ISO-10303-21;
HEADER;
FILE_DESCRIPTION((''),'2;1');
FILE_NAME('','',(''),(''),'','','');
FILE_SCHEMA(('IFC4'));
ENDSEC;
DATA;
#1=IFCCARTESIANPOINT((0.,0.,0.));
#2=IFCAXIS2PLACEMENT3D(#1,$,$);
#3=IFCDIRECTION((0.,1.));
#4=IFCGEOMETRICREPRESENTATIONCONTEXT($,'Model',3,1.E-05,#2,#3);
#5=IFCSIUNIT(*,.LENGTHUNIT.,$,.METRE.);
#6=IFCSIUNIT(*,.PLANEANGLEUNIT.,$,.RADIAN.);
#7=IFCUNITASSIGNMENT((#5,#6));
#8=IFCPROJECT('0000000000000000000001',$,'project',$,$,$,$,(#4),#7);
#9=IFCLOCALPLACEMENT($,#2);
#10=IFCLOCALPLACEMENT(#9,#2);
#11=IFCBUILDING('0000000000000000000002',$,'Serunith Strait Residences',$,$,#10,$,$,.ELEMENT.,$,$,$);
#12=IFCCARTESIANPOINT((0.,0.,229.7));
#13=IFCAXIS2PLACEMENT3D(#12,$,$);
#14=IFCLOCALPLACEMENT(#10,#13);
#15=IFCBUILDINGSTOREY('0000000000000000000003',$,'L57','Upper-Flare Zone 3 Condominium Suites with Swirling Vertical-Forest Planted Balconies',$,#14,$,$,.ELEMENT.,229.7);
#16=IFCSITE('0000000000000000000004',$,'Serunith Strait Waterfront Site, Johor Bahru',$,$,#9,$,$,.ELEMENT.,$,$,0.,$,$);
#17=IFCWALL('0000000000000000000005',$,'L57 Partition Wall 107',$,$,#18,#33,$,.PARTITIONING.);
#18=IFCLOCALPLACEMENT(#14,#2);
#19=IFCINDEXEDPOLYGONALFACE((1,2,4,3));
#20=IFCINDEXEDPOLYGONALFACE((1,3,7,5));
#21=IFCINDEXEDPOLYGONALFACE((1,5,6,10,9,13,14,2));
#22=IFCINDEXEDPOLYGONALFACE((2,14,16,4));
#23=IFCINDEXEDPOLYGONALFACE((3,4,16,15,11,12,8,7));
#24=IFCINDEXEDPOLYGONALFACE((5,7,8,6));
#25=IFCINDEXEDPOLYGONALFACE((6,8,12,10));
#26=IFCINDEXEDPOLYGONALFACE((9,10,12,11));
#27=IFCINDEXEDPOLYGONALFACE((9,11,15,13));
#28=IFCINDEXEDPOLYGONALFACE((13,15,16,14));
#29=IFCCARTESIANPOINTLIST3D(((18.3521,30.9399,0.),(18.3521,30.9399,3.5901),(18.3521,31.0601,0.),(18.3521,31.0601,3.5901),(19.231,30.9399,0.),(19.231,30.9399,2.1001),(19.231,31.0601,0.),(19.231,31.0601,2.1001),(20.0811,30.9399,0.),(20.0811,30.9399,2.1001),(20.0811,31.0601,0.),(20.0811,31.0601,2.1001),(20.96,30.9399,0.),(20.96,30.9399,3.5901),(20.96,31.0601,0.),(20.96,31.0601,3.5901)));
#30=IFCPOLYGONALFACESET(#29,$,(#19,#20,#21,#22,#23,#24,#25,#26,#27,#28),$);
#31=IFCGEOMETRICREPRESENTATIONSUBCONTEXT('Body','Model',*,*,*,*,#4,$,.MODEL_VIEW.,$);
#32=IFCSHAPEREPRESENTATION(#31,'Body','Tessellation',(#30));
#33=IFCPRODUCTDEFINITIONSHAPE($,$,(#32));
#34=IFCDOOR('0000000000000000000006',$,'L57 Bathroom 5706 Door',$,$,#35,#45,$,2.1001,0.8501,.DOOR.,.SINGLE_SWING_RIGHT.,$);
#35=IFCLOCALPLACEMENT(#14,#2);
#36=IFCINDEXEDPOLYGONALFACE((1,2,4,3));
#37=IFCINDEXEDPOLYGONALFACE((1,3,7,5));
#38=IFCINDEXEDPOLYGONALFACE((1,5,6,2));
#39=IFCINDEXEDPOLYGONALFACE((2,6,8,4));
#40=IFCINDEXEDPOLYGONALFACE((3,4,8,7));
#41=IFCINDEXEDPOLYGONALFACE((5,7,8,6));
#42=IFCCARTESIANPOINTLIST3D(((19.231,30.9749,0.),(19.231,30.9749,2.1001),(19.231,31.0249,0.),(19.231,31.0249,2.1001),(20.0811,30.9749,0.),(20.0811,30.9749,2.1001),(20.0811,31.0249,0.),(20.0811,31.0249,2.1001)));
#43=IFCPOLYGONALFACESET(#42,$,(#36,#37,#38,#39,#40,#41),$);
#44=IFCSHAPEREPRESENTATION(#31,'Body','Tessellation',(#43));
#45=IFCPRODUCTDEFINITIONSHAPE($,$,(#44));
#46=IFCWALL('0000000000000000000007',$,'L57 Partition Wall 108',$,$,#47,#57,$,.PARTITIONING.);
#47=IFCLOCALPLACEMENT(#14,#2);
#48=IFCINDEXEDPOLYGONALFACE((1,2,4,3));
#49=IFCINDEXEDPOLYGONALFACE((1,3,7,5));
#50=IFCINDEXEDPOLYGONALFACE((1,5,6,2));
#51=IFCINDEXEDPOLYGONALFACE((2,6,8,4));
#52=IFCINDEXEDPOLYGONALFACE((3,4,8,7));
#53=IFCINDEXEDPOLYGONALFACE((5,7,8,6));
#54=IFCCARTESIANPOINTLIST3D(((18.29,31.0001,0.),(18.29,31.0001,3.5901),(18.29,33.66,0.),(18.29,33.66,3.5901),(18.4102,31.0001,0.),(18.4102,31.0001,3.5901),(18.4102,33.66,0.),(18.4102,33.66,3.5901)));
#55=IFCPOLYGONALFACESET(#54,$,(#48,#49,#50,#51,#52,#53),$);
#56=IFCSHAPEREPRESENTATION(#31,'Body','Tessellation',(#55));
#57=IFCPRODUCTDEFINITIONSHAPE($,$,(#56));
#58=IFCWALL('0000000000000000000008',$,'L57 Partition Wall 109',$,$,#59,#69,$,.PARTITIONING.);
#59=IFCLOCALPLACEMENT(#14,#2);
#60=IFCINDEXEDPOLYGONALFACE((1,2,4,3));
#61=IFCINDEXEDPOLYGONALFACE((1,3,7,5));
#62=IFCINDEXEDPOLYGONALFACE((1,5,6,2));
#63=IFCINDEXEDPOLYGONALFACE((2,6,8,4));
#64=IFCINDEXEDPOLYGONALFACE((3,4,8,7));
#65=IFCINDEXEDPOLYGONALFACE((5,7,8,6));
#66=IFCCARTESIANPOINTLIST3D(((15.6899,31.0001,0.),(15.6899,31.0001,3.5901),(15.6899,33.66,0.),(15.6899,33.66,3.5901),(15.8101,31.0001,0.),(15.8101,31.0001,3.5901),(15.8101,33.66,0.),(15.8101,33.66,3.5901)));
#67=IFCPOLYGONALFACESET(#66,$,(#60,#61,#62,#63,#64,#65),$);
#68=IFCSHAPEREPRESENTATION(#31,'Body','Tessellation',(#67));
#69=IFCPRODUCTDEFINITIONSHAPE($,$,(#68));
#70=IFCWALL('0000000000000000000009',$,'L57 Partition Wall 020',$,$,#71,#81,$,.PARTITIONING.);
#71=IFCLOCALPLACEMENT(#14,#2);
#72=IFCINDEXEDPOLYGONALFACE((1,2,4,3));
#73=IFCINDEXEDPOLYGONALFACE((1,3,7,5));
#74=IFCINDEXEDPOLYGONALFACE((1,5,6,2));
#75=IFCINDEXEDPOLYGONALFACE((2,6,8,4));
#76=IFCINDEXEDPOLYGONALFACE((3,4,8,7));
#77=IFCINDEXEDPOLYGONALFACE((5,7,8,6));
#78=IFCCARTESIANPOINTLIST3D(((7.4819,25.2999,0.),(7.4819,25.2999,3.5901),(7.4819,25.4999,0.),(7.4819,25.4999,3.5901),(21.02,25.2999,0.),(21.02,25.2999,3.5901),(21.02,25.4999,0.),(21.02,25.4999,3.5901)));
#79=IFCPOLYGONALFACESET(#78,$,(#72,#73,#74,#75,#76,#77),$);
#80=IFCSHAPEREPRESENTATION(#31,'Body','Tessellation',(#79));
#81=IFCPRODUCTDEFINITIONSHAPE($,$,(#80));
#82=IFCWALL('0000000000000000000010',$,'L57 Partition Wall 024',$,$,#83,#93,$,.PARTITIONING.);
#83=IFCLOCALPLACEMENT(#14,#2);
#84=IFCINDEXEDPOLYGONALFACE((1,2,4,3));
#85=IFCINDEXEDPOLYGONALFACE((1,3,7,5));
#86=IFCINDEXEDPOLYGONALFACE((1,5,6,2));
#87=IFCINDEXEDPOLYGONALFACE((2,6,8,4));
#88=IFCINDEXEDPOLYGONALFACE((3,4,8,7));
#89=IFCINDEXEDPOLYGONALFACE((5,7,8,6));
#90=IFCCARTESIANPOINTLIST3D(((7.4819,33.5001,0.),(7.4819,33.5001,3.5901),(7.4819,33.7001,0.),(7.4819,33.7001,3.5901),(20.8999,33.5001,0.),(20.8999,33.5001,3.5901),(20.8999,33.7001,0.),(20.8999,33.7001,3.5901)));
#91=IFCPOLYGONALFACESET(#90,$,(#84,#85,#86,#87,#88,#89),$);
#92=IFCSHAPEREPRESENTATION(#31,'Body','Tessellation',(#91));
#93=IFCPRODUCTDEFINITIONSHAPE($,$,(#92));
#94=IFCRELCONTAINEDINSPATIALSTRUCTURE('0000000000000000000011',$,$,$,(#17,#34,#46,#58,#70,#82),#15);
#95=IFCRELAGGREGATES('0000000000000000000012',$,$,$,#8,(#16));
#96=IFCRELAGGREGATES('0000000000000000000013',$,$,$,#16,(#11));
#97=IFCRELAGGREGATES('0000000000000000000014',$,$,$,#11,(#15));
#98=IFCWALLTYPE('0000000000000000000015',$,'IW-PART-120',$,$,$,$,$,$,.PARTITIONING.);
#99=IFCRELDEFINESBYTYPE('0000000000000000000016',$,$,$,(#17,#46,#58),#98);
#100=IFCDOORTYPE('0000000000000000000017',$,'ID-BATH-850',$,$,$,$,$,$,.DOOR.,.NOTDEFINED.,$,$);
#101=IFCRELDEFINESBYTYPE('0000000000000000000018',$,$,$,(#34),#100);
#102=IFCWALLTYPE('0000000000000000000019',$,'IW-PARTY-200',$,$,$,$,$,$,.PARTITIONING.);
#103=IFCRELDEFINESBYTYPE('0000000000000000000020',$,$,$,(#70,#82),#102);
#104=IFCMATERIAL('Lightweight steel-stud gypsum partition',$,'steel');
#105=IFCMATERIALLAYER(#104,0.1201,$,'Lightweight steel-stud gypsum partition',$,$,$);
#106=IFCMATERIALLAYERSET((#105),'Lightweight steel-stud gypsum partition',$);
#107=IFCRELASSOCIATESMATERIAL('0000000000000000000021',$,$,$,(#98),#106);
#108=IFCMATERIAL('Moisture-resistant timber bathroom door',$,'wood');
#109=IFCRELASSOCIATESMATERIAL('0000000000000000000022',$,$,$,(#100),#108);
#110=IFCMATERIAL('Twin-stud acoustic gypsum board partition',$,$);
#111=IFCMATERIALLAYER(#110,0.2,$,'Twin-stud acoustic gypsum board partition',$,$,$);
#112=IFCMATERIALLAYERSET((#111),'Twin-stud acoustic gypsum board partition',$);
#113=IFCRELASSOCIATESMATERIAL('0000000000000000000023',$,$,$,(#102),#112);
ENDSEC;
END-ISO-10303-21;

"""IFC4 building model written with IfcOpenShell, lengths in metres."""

from ifc_helpers import new_model, si_unit, direction, frame, frame_2d, origin, place, context, subcontext, project, spatial, rectangle, extrude, source, transform, mapped, material, layer, layer_set, type_object, element, fill, save


model = new_model("IFC4")

# Units and contexts
model_context = context("Model", 3, precision=1e-05, world=origin(), true_north=direction((0.0, 1.0)))
body_context = subcontext(model_context, "Body", "Model", "MODEL_VIEW")
ifc_project = project(units=[si_unit("LENGTHUNIT", "METRE"), si_unit("PLANEANGLEUNIT", "RADIAN")], contexts=[model_context])

# Site, building, storey
site_placement = place(None, origin())
site = spatial("IfcSite", under=ifc_project, at=site_placement, Name="Serunith Strait Waterfront Site, Johor Bahru", CompositionType="ELEMENT", RefElevation=0.0)
building_placement = place(site_placement, origin())
building = spatial("IfcBuilding", under=site, at=building_placement, Name="Serunith Strait Residences", CompositionType="ELEMENT")
storey_placement = place(building_placement, frame((0.0, 0.0, 229.7)))
storey = spatial("IfcBuildingStorey", under=building, at=storey_placement, Name="L57", Description="Upper-Flare Zone 3 Condominium Suites with Swirling Vertical-Forest Planted Balconies", CompositionType="ELEMENT", Elevation=229.7)

# Shared definitions
ifc_material_1 = material(Name="Lightweight steel-stud gypsum partition", Category="steel")
ifc_layer_1 = layer(ifc_material_1, 0.1201, Name="Lightweight steel-stud gypsum partition")
ifc_layer_set_1 = layer_set([ifc_layer_1], Name="Lightweight steel-stud gypsum partition")
wall_type_1 = type_object("IfcWallType", Name="IW-PART-120", PredefinedType="PARTITIONING", material=ifc_layer_set_1)
ifc_material_2 = material(Name="Moisture-resistant timber bathroom door", Category="wood")
door_type_1 = type_object("IfcDoorType", Name="ID-BATH-850", OperationType="NOTDEFINED", PredefinedType="DOOR", material=ifc_material_2)
shared_shape_1 = source(origin(), body_context, "Body", "SweptSolid", [
    extrude(rectangle(XDim=0.8501, YDim=2.1001, at=frame_2d((0.425, 1.05))), frame((0.0, 0.0249, 0.0), z_axis=(0.0, -1.0, 0.0), x_axis=(1.0, 0.0, 0.0)), (0.0, 0.0, 1.0), 0.05),
])

# Wall, opening, door
wall_1_placement = place(storey_placement, frame((18.3521, 31.0, 0.0), z_axis=(0.0, 0.0, 1.0), x_axis=(1.0, 0.0, 0.0)))
wall_1 = element("IfcWall", 1, at=wall_1_placement, inside=storey, type_object=wall_type_1, Name="L57 Partition Wall 107", PredefinedType="PARTITIONING", context=body_context, shape_type="SweptSolid", body=[
    extrude(rectangle(XDim=2.6079, YDim=0.1201, at=frame_2d((1.304, 0.0))), origin(), (0.0, 0.0, 1.0), 3.5901),
])
opening_1_placement = place(wall_1_placement, frame((0.8789, 0.0, 0.0)))
opening_1 = element("IfcOpeningElement", 2, at=opening_1_placement, cuts=wall_1, PredefinedType="OPENING", context=body_context, shape_type="SweptSolid", body=[
    extrude(rectangle(XDim=0.8501, YDim=2.1001, at=frame_2d((0.425, 1.05))), frame((0.0, 0.0701, 0.0), z_axis=(0.0, -1.0, 0.0), x_axis=(1.0, 0.0, 0.0)), (0.0, 0.0, 1.0), 0.1401),
])
door_1_placement = place(opening_1_placement, origin())
door_1 = element("IfcDoor", 3, at=door_1_placement, inside=storey, type_object=door_type_1, Name="L57 Bathroom 5706 Door", OperationType="SINGLE_SWING_RIGHT", OverallHeight=2.1001, OverallWidth=0.8501, PredefinedType="DOOR", context=body_context, shape_type="MappedRepresentation", body=[
    mapped(shared_shape_1, transform((0.0, 0.0, 0.0), scale=1.0)),
])
fill(opening_1, door_1)

# Walls
for number, where, z_axis, x_axis, name in (
    (4, (18.3501, 31.0, 0.0), (0.0, 0.0, 1.0), (0.0, 1.0, 0.0), "L57 Partition Wall 108"),
    (5, (15.75, 31.0, 0.0), (0.0, 0.0, 1.0), (0.0, 1.0, 0.0), "L57 Partition Wall 109"),
):
    element("IfcWall", number, at=place(storey_placement, frame(where, z_axis=z_axis, x_axis=x_axis)), inside=storey, type_object=wall_type_1, Name=name, PredefinedType="PARTITIONING", context=body_context, shape_type="SweptSolid", body=[
        extrude(rectangle(XDim=2.6599, YDim=0.1201, at=frame_2d((1.3301, 0.0))), origin(), (0.0, 0.0, 1.0), 3.5901),
    ])
ifc_material_3 = material(Name="Twin-stud acoustic gypsum board partition")
ifc_layer_2 = layer(ifc_material_3, 0.2, Name="Twin-stud acoustic gypsum board partition")
ifc_layer_set_2 = layer_set([ifc_layer_2], Name="Twin-stud acoustic gypsum board partition")
wall_type_2 = type_object("IfcWallType", Name="IW-PARTY-200", PredefinedType="PARTITIONING", material=ifc_layer_set_2)
wall_2_placement = place(storey_placement, frame((7.4819, 25.3999, 0.0), z_axis=(0.0, 0.0, 1.0), x_axis=(1.0, 0.0, 0.0)))
element("IfcWall", 6, at=wall_2_placement, inside=storey, type_object=wall_type_2, Name="L57 Partition Wall 020", PredefinedType="PARTITIONING", context=body_context, shape_type="SweptSolid", body=[
    extrude(rectangle(XDim=13.5381, YDim=0.2, at=frame_2d((6.769, 0.0))), origin(), (0.0, 0.0, 1.0), 3.5901),
])
wall_3_placement = place(storey_placement, frame((7.4819, 33.6001, 0.0), z_axis=(0.0, 0.0, 1.0), x_axis=(1.0, 0.0, 0.0)))
element("IfcWall", 7, at=wall_3_placement, inside=storey, type_object=wall_type_2, Name="L57 Partition Wall 024", PredefinedType="PARTITIONING", context=body_context, shape_type="SweptSolid", body=[
    extrude(rectangle(XDim=13.418, YDim=0.2, at=frame_2d((6.709, 0.0))), origin(), (0.0, 0.0, 1.0), 3.5901),
])

save(model, "model.ifc")
